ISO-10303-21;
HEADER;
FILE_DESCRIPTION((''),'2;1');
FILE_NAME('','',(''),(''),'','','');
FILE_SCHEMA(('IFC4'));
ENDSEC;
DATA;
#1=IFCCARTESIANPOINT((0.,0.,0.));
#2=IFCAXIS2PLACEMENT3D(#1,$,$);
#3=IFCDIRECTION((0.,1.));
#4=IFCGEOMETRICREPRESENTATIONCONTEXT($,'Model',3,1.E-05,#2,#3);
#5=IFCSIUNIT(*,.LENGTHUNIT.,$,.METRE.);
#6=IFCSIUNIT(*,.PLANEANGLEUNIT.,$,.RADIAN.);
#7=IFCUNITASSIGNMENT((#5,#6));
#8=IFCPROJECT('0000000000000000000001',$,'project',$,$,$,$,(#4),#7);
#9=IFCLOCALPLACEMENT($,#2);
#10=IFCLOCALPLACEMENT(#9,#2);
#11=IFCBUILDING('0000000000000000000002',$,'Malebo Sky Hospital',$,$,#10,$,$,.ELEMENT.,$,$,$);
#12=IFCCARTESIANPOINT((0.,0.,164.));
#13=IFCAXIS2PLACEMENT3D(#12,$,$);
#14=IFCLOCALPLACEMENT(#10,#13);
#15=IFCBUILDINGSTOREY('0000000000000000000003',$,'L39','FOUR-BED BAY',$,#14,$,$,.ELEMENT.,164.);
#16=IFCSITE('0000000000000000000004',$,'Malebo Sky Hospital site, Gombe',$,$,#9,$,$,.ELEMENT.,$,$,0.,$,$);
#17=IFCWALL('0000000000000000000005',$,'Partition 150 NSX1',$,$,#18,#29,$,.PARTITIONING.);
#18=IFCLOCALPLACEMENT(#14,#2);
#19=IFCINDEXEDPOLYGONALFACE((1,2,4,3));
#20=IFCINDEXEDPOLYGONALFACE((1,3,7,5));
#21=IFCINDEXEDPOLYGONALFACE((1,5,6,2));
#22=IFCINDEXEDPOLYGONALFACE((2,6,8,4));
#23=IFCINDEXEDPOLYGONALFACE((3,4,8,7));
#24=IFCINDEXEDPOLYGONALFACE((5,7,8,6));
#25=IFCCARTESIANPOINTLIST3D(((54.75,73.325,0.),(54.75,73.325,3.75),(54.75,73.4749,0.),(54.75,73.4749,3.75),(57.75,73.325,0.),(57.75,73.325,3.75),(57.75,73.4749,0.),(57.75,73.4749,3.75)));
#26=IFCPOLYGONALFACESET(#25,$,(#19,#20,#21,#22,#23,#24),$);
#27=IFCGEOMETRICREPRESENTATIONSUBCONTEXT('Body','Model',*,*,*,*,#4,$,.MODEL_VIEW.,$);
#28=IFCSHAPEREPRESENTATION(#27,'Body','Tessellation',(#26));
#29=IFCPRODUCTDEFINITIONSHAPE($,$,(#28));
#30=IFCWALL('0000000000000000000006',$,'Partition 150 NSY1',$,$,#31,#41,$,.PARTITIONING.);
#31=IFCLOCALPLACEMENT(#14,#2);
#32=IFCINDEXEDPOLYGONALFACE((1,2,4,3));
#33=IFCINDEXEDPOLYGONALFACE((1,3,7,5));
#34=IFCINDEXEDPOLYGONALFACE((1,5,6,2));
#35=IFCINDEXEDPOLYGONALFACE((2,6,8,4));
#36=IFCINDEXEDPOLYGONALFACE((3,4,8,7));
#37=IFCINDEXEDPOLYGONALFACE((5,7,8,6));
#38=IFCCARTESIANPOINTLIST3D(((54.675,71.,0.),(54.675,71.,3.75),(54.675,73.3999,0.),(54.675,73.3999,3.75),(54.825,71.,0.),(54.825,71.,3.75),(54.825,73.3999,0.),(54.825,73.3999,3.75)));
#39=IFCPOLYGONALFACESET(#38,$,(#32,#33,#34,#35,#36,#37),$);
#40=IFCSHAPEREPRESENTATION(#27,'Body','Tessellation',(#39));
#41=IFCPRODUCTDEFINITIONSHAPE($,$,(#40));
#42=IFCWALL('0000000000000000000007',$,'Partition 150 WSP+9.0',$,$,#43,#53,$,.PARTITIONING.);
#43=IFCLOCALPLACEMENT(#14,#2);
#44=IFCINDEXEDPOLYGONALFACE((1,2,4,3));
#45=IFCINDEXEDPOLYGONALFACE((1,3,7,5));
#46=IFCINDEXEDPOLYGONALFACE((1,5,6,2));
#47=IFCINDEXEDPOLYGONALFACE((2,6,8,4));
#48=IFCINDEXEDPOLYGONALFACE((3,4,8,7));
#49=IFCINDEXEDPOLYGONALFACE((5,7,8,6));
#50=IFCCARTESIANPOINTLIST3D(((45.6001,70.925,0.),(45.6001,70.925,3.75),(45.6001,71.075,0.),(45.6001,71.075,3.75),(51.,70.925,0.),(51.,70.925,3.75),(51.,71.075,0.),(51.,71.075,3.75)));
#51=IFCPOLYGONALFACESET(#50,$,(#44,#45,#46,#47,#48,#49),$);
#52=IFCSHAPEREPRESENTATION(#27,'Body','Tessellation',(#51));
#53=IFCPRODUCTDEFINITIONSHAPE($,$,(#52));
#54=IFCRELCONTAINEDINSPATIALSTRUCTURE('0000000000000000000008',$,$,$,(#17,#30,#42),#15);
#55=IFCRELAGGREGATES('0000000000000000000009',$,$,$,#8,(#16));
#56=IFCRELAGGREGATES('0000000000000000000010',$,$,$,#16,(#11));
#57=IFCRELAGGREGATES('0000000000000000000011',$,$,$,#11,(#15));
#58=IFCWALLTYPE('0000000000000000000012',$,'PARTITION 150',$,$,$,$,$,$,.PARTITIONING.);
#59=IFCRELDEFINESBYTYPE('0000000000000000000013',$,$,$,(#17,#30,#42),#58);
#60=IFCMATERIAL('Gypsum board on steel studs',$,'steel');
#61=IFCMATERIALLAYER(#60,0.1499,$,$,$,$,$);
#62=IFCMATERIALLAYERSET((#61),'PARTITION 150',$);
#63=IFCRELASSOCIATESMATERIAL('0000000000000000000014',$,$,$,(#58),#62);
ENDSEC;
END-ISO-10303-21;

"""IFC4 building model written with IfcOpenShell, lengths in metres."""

from ifc_helpers import new_model, si_unit, direction, frame, frame_2d, origin, place, context, subcontext, project, spatial, rectangle, extrude, material, layer, layer_set, type_object, element, save


model = new_model("IFC4")

# Units and contexts
model_context = context("Model", 3, precision=1e-05, world=origin(), true_north=direction((0.0, 1.0)))
body_context = subcontext(model_context, "Body", "Model", "MODEL_VIEW")
ifc_project = project(units=[si_unit("LENGTHUNIT", "METRE"), si_unit("PLANEANGLEUNIT", "RADIAN")], contexts=[model_context])

# Site, building, storey
site_placement = place(None, origin())
site = spatial("IfcSite", under=ifc_project, at=site_placement, Name="Malebo Sky Hospital site, Gombe", CompositionType="ELEMENT", RefElevation=0.0)
building_placement = place(site_placement, origin())
building = spatial("IfcBuilding", under=site, at=building_placement, Name="Malebo Sky Hospital", CompositionType="ELEMENT")
storey_placement = place(building_placement, frame((0.0, 0.0, 164.0)))
storey = spatial("IfcBuildingStorey", under=building, at=storey_placement, Name="L39", Description="FOUR-BED BAY", CompositionType="ELEMENT", Elevation=164.0)

# Shared definitions
ifc_material_1 = material(Name="Gypsum board on steel studs", Category="steel")

# Shared definitions
ifc_layer_1 = layer(ifc_material_1, 0.1499)
ifc_layer_set_1 = layer_set([ifc_layer_1], Name="PARTITION 150")
wall_type_1 = type_object("IfcWallType", Name="PARTITION 150", PredefinedType="PARTITIONING", material=ifc_layer_set_1)

# Walls
wall_1_placement = place(storey_placement, frame((54.75, 73.3999, 0.0), z_axis=(0.0, 0.0, 1.0), x_axis=(1.0, 0.0, 0.0)))
element("IfcWall", 1, at=wall_1_placement, inside=storey, type_object=wall_type_1, Name="Partition 150 NSX1", PredefinedType="PARTITIONING", context=body_context, shape_type="SweptSolid", body=[
    extrude(rectangle(XDim=3.0, YDim=0.1499, at=frame_2d((1.5, 0.0))), origin(), (0.0, 0.0, 1.0), 3.75),
])
wall_2_placement = place(storey_placement, frame((54.75, 71.0, 0.0), z_axis=(0.0, 0.0, 1.0), x_axis=(0.0, 1.0, 0.0)))
element("IfcWall", 2, at=wall_2_placement, inside=storey, type_object=wall_type_1, Name="Partition 150 NSY1", PredefinedType="PARTITIONING", context=body_context, shape_type="SweptSolid", body=[
    extrude(rectangle(XDim=2.3999, YDim=0.1499, at=frame_2d((1.2, 0.0))), origin(), (0.0, 0.0, 1.0), 3.75),
])
wall_3_placement = place(storey_placement, frame((51.0, 71.0, 0.0), z_axis=(0.0, 0.0, 1.0), x_axis=(-1.0, 0.0, 0.0)))
element("IfcWall", 3, at=wall_3_placement, inside=storey, type_object=wall_type_1, Name="Partition 150 WSP+9.0", PredefinedType="PARTITIONING", context=body_context, shape_type="SweptSolid", body=[
    extrude(rectangle(XDim=5.3999, YDim=0.1499, at=frame_2d((2.7, 0.0))), origin(), (0.0, 0.0, 1.0), 3.75),
])

save(model, "model.ifc")
